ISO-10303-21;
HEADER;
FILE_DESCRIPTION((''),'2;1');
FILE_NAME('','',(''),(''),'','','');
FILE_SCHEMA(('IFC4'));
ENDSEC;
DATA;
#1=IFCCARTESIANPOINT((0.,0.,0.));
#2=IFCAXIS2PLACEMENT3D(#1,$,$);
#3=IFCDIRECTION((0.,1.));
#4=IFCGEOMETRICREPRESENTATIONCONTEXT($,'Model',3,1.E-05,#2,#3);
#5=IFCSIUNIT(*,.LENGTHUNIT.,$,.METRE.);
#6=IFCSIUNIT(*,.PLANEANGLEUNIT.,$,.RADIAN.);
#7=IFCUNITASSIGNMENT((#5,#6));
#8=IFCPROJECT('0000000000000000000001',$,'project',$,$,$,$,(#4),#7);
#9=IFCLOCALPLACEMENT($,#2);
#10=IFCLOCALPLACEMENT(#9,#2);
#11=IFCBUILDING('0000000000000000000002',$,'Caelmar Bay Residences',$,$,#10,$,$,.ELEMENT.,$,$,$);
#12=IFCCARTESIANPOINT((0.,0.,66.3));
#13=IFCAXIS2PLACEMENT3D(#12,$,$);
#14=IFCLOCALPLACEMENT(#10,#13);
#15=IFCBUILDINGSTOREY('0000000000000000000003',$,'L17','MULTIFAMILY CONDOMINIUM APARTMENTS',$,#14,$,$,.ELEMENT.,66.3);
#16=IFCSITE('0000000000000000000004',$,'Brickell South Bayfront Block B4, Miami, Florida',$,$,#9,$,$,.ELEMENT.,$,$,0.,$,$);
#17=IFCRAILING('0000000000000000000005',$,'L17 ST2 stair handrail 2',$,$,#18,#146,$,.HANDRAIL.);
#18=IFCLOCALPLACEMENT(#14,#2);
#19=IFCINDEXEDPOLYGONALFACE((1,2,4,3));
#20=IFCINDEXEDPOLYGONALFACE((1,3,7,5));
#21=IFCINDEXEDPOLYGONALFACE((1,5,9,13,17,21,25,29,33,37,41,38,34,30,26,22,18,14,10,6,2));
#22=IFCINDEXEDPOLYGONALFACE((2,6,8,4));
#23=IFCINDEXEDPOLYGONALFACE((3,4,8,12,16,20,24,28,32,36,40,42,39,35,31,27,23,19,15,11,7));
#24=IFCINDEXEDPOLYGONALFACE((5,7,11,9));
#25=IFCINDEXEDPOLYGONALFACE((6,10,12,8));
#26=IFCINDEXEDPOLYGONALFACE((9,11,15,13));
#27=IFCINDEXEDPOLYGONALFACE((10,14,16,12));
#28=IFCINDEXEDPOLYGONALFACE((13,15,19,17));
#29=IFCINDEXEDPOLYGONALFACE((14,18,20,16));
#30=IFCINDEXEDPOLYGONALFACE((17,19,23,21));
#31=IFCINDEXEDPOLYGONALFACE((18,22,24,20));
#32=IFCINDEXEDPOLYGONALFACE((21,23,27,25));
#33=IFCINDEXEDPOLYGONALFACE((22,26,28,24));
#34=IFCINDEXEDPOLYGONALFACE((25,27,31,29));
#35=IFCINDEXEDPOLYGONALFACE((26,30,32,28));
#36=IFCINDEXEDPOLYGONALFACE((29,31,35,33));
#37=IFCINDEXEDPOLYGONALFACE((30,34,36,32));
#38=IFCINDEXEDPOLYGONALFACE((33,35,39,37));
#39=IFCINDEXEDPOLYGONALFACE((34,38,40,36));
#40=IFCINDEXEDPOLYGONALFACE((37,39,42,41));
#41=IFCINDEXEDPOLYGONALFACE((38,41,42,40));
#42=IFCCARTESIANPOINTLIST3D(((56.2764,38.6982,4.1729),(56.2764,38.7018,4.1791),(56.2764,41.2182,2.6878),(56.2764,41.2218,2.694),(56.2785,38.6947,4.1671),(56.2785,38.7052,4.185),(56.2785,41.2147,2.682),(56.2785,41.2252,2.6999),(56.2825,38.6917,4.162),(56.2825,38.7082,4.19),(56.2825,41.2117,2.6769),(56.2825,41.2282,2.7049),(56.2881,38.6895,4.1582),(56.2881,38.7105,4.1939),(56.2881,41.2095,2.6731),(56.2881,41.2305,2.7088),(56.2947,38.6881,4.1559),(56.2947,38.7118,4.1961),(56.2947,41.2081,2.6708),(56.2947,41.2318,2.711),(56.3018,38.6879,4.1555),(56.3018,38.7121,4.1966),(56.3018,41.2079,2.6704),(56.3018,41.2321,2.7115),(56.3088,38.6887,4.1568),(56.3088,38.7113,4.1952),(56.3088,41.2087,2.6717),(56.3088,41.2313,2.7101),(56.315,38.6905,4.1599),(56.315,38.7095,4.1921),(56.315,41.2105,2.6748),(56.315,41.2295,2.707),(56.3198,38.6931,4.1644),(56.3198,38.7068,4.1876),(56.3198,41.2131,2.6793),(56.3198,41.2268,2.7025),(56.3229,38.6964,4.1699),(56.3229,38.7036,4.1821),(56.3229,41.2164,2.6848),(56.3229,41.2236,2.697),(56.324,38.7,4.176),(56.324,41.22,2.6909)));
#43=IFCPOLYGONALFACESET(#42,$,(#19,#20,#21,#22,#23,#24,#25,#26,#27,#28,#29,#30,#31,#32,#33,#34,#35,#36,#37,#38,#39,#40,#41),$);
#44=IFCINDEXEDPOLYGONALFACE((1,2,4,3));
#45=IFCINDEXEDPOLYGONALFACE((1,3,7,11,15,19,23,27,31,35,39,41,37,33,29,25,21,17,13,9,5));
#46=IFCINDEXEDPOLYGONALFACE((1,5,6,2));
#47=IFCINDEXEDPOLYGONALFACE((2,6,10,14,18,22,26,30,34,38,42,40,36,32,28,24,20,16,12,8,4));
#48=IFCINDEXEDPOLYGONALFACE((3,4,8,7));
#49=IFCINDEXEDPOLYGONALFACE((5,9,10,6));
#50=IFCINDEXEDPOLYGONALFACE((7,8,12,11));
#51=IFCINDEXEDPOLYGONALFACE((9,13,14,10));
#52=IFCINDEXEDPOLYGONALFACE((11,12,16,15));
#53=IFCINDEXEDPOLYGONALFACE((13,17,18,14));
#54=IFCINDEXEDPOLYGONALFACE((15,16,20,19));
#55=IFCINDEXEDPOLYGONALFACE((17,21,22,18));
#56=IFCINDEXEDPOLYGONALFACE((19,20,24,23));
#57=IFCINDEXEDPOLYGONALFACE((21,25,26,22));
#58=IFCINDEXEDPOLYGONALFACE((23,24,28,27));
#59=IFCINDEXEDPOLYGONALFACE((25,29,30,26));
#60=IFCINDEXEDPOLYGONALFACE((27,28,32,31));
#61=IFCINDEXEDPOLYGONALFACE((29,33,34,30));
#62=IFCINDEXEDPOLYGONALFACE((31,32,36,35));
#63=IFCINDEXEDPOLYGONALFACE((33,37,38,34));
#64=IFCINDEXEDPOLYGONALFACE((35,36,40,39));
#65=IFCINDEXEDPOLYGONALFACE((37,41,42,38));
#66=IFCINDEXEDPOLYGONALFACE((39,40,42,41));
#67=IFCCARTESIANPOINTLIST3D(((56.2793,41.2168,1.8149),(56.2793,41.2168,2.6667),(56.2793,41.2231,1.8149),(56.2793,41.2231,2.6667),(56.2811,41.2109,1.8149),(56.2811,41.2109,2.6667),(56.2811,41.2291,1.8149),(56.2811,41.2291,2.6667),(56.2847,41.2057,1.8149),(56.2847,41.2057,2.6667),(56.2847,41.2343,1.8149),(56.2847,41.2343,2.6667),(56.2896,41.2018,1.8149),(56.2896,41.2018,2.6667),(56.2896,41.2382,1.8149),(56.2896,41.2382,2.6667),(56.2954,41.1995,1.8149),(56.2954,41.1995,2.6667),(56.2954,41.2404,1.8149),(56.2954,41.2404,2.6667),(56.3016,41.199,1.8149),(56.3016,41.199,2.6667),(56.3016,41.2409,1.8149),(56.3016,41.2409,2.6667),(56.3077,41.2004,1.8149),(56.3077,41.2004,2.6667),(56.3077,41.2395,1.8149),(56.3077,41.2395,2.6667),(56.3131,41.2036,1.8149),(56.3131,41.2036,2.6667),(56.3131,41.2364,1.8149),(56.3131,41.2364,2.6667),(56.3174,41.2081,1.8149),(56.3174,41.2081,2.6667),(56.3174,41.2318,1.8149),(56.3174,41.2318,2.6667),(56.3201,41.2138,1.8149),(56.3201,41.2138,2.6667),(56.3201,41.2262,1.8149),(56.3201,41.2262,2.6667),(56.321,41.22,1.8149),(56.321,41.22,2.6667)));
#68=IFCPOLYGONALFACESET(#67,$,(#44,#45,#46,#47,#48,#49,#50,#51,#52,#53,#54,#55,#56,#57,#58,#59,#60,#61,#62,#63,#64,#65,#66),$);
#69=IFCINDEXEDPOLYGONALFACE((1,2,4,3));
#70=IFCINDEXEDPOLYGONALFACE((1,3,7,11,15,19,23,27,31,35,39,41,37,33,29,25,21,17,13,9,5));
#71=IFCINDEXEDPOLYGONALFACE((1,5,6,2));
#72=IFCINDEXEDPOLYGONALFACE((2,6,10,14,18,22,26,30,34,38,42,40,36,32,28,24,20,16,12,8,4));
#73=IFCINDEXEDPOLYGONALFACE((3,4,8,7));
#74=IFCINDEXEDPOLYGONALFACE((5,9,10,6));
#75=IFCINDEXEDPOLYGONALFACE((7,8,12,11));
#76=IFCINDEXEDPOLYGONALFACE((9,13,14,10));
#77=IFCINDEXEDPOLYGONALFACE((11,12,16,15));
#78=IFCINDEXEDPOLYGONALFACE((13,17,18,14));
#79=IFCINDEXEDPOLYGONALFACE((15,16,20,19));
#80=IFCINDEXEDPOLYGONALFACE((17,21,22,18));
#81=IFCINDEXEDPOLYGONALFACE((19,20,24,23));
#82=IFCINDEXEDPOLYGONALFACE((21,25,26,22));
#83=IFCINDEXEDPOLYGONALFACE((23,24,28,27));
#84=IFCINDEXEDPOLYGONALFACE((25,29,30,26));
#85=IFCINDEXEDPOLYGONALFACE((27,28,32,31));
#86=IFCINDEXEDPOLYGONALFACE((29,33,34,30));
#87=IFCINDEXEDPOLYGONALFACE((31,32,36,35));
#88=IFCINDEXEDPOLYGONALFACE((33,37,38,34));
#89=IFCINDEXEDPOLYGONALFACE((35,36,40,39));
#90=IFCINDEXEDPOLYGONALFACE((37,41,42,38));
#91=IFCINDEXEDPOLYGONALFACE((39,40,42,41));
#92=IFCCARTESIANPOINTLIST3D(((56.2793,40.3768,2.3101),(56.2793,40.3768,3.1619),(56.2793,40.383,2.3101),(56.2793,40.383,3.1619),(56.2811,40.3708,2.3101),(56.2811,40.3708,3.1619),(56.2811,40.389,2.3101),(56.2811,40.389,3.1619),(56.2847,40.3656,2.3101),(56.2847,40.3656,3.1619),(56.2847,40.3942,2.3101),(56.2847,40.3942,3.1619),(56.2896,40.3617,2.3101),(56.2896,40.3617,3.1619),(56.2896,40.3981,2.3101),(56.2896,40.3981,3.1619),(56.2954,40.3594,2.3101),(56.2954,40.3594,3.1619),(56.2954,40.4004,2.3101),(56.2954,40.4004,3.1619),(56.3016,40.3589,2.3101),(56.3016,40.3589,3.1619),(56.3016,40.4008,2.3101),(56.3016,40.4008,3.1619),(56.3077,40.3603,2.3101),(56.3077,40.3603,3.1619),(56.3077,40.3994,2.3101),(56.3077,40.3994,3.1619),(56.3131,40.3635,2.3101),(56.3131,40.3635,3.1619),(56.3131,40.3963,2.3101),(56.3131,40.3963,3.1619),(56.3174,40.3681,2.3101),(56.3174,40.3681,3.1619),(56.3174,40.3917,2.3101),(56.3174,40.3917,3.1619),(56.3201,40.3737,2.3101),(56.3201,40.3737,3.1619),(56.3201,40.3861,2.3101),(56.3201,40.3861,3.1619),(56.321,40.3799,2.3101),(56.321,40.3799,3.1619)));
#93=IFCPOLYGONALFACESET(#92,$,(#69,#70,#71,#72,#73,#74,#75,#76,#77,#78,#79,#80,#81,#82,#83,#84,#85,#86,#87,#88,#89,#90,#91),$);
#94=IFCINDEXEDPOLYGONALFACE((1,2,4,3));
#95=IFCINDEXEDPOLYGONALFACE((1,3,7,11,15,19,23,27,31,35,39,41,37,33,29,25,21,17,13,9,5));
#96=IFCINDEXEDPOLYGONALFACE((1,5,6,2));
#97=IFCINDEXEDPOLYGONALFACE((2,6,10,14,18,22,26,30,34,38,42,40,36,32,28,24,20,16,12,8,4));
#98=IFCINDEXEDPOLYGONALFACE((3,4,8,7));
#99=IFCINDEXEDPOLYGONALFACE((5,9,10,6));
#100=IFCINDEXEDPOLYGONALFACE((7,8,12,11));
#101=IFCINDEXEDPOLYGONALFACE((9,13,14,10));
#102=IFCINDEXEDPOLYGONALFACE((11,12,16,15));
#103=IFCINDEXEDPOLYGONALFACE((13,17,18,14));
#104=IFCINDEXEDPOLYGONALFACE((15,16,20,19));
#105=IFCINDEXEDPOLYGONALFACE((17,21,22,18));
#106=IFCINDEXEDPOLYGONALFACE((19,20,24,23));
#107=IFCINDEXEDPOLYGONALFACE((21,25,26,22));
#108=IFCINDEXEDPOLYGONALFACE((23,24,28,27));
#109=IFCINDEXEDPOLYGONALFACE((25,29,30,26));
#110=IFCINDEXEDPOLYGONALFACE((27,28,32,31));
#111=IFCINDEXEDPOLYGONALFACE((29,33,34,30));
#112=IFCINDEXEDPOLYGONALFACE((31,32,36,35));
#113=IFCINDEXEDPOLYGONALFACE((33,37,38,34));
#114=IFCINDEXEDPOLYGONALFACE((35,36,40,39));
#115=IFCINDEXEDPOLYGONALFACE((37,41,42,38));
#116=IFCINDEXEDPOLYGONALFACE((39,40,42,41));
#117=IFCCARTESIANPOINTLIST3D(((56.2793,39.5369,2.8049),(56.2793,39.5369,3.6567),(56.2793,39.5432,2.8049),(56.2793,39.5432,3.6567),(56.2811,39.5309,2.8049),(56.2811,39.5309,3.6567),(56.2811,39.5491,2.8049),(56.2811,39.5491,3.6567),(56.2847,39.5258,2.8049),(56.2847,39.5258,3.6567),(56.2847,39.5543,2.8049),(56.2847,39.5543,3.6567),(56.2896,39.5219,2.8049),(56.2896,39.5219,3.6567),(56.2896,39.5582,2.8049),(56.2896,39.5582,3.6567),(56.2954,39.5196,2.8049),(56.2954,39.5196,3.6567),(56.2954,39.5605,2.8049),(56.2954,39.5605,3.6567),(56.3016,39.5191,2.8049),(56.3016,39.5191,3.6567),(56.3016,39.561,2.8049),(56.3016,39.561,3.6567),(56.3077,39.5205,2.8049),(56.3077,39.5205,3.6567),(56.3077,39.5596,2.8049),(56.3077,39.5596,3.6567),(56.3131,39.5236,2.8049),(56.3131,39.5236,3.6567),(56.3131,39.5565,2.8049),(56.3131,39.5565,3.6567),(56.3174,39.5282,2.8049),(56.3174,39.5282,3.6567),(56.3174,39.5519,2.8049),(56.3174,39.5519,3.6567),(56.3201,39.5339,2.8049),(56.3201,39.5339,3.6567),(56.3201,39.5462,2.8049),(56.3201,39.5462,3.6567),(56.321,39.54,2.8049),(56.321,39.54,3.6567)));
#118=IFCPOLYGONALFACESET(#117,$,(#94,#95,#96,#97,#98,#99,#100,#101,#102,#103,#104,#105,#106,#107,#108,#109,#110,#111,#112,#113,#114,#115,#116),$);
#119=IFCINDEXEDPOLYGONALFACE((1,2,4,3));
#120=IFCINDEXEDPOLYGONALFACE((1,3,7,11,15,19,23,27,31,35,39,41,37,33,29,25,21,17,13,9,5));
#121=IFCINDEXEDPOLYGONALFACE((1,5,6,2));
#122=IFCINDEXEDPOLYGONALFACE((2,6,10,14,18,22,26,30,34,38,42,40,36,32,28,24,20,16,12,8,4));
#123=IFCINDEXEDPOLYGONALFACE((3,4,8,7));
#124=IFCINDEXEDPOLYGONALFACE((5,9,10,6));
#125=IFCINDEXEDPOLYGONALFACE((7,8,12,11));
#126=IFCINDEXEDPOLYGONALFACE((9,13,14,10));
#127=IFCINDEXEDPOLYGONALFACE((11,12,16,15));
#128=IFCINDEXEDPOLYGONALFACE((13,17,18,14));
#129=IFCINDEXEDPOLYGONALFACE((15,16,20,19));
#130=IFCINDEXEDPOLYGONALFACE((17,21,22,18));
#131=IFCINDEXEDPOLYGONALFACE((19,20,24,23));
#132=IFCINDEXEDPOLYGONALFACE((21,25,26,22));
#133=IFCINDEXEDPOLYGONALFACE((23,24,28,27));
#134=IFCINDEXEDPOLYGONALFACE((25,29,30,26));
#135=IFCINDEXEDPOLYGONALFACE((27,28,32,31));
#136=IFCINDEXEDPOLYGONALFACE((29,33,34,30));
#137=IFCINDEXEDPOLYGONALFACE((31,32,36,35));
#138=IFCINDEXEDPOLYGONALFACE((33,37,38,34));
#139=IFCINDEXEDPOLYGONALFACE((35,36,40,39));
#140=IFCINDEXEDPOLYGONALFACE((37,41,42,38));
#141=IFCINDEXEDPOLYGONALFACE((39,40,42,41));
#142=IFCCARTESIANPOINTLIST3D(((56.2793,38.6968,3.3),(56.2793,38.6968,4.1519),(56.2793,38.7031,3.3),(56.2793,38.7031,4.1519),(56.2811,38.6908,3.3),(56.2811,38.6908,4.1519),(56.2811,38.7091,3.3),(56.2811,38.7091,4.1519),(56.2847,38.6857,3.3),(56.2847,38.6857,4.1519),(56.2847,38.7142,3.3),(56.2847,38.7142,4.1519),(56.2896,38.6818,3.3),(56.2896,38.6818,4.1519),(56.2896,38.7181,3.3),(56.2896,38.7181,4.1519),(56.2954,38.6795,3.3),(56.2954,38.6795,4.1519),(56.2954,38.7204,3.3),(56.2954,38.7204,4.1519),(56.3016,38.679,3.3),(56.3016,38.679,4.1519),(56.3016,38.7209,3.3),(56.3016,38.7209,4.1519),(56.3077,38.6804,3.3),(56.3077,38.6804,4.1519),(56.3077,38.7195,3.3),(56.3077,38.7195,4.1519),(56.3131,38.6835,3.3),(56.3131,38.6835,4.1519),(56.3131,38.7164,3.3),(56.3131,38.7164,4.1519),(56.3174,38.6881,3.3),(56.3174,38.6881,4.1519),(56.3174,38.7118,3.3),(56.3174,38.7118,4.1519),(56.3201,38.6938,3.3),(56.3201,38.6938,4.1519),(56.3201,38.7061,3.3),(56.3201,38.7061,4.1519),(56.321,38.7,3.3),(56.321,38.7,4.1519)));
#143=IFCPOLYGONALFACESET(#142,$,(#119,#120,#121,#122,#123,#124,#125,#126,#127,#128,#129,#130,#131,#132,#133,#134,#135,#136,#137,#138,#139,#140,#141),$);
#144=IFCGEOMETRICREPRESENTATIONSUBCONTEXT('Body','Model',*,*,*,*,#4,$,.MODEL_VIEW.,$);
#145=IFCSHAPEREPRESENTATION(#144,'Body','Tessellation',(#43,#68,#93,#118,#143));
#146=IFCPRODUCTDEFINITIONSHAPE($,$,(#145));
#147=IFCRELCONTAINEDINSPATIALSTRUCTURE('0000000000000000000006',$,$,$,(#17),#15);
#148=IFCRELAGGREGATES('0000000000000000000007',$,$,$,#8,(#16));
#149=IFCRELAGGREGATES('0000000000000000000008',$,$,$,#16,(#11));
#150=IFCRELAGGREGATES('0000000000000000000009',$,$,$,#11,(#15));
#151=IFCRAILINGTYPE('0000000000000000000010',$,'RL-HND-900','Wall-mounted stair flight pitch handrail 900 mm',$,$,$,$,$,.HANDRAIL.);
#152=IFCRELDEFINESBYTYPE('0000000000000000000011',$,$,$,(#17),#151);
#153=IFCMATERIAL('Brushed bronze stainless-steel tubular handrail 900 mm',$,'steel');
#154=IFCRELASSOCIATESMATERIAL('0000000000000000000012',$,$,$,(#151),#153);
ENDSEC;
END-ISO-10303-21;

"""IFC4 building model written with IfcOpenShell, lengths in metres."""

from ifc_helpers import new_model, si_unit, direction, frame, origin, origin_2d, place, context, subcontext, project, spatial, circle, extrude, material, type_object, element, save


model = new_model("IFC4")

# Units and contexts
model_context = context("Model", 3, precision=1e-05, world=origin(), true_north=direction((0.0, 1.0)))
body_context = subcontext(model_context, "Body", "Model", "MODEL_VIEW")
ifc_project = project(units=[si_unit("LENGTHUNIT", "METRE"), si_unit("PLANEANGLEUNIT", "RADIAN")], contexts=[model_context])

# Site, building, storey
site_placement = place(None, origin())
site = spatial("IfcSite", under=ifc_project, at=site_placement, Name="Brickell South Bayfront Block B4, Miami, Florida", CompositionType="ELEMENT", RefElevation=0.0)
building_placement = place(site_placement, origin())
building = spatial("IfcBuilding", under=site, at=building_placement, Name="Caelmar Bay Residences", CompositionType="ELEMENT")
storey_placement = place(building_placement, frame((0.0, 0.0, 66.3)))
storey = spatial("IfcBuildingStorey", under=building, at=storey_placement, Name="L17", Description="MULTIFAMILY CONDOMINIUM APARTMENTS", CompositionType="ELEMENT", Elevation=66.3)

# Railing
ifc_material_1 = material(Name="Brushed bronze stainless-steel tubular handrail 900 mm", Category="steel")
railing_type_1 = type_object("IfcRailingType", Name="RL-HND-900", Description="Wall-mounted stair flight pitch handrail 900 mm", PredefinedType="HANDRAIL", material=ifc_material_1)
railing_1_placement = place(storey_placement, frame((56.3, 41.22, 1.8149)))
element("IfcRailing", 1, at=railing_1_placement, inside=storey, type_object=railing_type_1, Name="L17 ST2 stair handrail 2", PredefinedType="HANDRAIL", context=body_context, shape_type="SweptSolid", body=[
    extrude(circle(Radius=0.0239, at=origin_2d()), frame((0.0, 0.0, 0.876), z_axis=(0.0, -0.861524, 0.507717), x_axis=(1.0, 0.0, 0.0)), (0.0, 0.0, 1.0), 2.925),
    extrude(circle(Radius=0.021, at=origin_2d()), origin(), (0.0, 0.0, 1.0), 0.8518),
    extrude(circle(Radius=0.021, at=origin_2d()), frame((0.0, -0.8401, 0.4951)), (0.0, 0.0, 1.0), 0.8518),
    extrude(circle(Radius=0.021, at=origin_2d()), frame((0.0, -1.6799, 0.99)), (0.0, 0.0, 1.0), 0.8518),
    extrude(circle(Radius=0.021, at=origin_2d()), frame((0.0, -2.52, 1.4851)), (0.0, 0.0, 1.0), 0.8518),
])

save(model, "model.ifc")
